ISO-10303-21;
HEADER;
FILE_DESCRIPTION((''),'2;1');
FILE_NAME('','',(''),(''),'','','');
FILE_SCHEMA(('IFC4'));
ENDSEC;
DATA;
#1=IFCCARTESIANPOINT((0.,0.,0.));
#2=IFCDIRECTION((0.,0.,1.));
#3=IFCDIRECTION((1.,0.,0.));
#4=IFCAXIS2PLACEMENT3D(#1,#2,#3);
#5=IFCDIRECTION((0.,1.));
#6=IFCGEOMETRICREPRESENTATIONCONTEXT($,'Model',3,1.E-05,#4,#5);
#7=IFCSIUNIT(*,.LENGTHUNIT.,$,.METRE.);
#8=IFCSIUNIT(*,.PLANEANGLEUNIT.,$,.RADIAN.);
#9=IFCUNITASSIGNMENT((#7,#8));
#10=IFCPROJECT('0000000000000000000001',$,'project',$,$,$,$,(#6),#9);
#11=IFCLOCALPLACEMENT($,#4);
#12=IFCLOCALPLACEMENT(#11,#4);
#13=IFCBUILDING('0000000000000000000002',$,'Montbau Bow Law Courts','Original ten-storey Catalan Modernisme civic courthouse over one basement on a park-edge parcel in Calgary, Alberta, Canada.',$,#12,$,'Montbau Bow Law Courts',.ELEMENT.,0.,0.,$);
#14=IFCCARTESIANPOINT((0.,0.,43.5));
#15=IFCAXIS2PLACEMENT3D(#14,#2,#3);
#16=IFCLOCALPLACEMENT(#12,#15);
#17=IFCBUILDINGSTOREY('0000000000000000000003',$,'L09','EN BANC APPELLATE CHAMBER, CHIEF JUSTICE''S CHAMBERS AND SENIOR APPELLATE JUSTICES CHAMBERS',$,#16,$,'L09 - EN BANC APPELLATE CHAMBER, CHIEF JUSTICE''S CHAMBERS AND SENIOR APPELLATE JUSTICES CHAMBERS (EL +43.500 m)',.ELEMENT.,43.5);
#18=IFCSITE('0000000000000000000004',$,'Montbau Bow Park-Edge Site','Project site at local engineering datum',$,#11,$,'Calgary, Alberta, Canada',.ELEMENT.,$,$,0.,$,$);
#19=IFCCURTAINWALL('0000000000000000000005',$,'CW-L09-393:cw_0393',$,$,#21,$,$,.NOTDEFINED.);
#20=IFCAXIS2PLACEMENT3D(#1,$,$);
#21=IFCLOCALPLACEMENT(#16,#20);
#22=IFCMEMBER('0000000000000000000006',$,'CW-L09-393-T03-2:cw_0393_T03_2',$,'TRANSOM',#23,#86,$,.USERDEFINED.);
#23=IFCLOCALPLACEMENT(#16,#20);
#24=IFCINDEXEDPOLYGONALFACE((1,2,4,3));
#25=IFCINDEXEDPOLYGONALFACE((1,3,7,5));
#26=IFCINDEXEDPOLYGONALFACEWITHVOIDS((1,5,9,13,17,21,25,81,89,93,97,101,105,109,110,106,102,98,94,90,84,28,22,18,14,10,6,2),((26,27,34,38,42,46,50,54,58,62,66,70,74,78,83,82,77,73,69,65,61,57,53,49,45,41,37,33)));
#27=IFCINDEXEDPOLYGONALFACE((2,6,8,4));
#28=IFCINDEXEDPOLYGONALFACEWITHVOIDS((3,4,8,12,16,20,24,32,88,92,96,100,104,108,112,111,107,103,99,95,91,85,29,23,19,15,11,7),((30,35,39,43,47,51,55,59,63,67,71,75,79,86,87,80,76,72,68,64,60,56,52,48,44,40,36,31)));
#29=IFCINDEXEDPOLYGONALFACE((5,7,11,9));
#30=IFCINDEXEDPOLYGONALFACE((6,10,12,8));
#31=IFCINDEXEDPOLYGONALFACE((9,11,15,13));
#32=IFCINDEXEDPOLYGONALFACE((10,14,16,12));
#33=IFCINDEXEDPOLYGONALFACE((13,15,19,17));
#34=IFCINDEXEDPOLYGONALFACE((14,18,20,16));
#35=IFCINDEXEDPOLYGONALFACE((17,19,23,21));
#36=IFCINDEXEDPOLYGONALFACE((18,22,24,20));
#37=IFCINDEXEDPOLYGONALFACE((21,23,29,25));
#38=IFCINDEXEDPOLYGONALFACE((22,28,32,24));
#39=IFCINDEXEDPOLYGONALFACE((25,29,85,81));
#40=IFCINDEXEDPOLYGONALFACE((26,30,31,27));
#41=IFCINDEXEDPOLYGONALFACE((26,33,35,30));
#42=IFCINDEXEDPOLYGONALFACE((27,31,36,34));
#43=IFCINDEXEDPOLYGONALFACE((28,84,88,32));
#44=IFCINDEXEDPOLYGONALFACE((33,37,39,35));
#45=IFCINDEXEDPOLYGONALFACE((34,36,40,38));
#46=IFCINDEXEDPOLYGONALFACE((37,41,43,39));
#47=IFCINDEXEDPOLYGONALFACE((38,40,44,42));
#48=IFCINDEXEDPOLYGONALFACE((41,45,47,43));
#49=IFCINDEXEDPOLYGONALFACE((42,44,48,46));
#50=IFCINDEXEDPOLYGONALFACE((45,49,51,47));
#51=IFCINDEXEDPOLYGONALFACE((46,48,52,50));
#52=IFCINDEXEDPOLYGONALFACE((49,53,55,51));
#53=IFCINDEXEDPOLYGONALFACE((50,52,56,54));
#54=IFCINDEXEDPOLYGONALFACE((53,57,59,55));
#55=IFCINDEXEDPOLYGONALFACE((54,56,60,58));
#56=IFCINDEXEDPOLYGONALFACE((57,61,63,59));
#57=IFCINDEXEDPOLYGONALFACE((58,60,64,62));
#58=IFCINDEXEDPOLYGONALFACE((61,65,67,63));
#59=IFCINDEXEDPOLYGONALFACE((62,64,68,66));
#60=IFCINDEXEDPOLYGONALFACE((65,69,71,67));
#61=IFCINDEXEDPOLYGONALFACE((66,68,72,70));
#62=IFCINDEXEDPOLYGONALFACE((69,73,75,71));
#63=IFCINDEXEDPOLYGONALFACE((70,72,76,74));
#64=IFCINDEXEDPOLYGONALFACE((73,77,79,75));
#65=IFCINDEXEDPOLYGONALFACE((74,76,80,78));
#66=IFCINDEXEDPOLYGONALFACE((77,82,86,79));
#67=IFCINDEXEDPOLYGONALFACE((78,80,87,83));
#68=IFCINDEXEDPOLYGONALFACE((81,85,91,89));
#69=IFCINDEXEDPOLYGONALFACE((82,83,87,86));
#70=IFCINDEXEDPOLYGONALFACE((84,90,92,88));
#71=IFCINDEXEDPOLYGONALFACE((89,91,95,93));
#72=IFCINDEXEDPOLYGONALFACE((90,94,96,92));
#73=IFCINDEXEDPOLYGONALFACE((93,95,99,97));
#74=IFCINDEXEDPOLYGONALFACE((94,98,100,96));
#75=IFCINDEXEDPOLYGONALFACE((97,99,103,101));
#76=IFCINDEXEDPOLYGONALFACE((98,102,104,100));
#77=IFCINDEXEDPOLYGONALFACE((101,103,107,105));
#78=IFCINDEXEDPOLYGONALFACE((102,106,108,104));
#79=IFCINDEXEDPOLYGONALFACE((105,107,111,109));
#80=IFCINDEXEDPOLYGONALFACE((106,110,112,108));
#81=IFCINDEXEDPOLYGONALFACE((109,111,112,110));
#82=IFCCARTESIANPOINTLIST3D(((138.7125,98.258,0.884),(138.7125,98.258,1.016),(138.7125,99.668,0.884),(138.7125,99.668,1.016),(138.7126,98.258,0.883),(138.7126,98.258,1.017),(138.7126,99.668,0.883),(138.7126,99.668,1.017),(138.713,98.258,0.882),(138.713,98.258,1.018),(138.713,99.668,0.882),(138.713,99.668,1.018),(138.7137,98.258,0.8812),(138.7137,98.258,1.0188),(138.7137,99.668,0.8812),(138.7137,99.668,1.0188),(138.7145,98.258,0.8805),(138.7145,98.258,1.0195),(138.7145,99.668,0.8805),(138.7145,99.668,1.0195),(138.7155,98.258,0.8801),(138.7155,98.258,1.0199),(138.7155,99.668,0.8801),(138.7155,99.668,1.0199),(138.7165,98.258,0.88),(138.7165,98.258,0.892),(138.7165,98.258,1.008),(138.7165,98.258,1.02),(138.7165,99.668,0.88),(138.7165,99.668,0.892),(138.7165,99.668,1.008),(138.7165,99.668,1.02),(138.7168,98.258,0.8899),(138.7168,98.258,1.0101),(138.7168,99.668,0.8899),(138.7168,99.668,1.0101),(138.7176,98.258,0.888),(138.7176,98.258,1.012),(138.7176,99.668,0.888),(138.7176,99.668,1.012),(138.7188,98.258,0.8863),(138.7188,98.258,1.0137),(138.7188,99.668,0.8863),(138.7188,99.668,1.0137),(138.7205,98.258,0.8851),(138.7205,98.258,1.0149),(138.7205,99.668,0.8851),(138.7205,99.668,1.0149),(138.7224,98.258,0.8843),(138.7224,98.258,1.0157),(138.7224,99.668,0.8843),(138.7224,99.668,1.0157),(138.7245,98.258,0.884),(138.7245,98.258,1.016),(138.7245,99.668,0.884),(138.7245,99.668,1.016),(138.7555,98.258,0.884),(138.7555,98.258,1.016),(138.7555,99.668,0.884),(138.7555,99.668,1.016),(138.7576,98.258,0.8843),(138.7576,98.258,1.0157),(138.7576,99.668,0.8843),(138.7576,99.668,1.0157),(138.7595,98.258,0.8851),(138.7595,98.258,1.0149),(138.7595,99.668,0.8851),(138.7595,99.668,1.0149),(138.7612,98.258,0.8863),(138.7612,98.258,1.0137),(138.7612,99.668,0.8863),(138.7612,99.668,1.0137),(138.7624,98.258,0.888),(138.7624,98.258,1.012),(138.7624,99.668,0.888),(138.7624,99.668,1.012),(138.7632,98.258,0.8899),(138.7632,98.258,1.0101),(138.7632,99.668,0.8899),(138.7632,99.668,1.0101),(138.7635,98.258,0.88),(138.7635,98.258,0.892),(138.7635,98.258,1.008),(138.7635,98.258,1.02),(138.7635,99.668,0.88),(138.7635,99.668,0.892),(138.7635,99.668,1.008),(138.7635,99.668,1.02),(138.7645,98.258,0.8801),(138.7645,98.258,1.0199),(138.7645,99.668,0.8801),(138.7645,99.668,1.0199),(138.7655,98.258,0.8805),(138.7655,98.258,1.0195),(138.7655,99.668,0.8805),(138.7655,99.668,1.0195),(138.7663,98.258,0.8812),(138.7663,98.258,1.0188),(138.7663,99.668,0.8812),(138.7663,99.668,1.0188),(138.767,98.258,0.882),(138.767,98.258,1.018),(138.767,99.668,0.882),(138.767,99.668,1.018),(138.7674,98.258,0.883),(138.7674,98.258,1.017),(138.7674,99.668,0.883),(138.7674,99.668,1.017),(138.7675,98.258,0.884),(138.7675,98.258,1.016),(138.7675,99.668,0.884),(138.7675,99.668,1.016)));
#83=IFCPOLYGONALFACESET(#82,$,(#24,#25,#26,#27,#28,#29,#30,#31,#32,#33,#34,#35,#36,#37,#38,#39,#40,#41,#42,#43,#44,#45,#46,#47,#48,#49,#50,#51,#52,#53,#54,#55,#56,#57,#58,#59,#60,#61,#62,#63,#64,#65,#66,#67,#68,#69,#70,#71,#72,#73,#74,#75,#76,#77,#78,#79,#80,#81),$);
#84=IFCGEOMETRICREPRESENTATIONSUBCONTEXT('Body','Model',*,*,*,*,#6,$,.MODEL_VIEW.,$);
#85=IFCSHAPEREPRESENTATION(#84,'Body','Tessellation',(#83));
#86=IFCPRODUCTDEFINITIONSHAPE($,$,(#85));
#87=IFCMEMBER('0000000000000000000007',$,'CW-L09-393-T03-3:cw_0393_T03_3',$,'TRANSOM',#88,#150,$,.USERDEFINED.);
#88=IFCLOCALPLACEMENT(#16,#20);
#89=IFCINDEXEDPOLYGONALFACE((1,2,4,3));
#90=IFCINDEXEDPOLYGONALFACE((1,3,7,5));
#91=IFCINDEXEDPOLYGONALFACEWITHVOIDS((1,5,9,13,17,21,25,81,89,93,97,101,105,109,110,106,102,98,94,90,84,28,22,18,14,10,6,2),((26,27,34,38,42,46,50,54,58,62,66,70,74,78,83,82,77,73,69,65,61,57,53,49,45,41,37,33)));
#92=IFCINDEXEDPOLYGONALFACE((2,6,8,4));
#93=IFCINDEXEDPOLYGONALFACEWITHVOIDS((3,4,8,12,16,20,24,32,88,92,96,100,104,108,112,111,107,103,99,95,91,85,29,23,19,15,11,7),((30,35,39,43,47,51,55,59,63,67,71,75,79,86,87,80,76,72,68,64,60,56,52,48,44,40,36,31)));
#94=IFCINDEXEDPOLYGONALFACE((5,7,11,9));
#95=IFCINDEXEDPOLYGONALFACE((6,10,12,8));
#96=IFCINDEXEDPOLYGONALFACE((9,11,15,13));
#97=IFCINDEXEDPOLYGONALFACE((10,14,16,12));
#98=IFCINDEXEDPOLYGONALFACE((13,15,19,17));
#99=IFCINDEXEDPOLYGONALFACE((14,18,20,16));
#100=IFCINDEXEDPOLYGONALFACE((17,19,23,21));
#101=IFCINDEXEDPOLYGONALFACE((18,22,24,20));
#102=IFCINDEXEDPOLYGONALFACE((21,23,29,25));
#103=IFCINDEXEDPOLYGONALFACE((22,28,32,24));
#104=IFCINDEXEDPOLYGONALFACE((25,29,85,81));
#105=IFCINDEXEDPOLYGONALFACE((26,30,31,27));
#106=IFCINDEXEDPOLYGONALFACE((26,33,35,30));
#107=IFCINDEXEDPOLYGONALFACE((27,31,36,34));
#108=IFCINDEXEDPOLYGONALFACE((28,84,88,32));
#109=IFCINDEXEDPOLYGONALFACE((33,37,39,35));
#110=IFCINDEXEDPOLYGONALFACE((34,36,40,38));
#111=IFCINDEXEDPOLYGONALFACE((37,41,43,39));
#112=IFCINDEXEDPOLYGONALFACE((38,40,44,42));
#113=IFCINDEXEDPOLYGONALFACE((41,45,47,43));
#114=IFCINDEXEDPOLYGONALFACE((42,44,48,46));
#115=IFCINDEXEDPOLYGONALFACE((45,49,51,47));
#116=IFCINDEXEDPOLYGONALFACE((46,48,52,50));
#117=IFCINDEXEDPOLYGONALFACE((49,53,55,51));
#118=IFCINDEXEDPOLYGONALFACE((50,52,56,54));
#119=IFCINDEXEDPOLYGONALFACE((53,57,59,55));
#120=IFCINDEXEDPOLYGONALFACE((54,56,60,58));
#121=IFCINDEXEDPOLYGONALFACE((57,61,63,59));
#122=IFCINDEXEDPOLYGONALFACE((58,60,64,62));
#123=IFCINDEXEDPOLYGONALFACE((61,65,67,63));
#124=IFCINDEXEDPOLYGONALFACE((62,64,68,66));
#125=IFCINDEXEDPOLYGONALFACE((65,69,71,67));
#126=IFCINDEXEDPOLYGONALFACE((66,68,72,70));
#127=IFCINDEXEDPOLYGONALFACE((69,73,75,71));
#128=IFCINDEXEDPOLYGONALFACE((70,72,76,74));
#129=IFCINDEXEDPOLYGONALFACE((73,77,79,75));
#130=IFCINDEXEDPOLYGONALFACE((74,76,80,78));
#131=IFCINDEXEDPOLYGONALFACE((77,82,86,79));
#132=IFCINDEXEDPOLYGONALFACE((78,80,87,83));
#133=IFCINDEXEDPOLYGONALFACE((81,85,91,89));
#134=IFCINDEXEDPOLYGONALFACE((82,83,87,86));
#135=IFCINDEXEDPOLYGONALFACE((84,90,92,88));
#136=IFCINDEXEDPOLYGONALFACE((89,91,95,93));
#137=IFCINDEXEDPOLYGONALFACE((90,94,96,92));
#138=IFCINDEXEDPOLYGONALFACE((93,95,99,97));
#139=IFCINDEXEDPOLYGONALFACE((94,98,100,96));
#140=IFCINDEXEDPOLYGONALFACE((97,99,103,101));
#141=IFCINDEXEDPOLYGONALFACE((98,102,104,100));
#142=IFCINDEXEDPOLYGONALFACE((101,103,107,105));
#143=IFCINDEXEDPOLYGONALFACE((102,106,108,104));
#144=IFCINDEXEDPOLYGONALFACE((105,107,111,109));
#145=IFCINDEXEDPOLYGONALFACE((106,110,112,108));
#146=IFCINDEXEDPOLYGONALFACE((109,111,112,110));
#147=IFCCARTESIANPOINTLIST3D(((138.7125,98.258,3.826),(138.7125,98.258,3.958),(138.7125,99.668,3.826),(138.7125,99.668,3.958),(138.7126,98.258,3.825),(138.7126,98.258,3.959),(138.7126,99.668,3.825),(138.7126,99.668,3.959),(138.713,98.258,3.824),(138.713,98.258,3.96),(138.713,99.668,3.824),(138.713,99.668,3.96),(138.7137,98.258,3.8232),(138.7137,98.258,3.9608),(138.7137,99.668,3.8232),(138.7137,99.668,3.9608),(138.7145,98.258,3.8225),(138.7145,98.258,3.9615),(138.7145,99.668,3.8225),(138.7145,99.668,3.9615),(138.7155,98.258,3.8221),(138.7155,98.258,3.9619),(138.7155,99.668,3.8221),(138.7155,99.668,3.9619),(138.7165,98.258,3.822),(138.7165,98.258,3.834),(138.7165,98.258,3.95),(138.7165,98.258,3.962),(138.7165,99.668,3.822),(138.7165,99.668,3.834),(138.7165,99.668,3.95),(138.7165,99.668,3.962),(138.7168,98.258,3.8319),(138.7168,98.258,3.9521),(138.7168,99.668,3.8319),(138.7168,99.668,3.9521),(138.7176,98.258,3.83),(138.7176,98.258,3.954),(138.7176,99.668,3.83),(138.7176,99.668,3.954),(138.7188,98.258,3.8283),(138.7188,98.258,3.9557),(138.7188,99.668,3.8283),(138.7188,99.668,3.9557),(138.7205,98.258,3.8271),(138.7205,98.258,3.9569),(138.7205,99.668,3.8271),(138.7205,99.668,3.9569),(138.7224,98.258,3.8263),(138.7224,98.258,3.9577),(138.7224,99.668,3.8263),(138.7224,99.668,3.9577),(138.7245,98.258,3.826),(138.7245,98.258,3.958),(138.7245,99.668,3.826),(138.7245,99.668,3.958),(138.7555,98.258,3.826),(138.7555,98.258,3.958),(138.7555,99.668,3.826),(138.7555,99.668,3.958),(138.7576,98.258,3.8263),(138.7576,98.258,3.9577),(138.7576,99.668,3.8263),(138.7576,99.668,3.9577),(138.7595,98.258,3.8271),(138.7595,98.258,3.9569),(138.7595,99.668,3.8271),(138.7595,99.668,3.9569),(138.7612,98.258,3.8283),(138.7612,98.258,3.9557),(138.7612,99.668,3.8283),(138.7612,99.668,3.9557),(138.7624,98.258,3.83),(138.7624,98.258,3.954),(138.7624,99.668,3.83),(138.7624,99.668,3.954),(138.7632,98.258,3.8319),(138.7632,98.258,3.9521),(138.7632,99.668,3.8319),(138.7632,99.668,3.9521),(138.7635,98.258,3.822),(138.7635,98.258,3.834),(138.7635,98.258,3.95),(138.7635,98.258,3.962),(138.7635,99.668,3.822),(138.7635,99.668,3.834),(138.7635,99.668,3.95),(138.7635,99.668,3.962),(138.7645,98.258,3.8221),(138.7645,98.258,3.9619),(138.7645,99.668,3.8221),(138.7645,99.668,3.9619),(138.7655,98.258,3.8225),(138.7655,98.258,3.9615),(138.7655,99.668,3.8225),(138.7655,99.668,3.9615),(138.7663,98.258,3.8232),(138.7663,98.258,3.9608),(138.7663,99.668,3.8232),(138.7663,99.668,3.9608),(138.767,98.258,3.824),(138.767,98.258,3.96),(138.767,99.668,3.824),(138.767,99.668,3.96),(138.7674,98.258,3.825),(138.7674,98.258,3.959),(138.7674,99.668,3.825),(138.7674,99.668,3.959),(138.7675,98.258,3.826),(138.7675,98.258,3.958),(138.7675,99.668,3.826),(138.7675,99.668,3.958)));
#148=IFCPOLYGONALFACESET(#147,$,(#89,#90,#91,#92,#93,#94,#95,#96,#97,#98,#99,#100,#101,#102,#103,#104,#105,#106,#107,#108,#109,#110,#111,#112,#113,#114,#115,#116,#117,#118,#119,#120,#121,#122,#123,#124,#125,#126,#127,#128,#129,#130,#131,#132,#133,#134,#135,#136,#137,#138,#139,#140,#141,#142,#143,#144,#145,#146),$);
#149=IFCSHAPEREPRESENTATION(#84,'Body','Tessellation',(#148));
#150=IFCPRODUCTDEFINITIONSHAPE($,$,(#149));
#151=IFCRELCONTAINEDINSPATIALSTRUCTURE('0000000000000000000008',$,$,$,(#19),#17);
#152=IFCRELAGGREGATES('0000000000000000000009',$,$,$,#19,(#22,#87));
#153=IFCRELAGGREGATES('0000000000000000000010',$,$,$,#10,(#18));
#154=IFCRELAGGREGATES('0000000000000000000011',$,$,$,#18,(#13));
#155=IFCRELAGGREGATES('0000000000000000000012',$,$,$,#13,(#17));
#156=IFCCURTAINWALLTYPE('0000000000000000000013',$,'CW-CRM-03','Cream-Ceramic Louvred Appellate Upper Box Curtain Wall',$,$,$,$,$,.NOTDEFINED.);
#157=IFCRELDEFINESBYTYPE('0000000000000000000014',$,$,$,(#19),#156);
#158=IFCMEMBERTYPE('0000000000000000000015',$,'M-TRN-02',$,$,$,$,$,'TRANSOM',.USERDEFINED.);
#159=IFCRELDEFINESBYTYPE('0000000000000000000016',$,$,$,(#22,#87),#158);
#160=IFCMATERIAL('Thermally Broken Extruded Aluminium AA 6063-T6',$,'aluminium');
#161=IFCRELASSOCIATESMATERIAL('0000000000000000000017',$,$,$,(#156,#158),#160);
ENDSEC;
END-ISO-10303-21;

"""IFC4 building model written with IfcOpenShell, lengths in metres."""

from ifc_helpers import new_model, si_unit, direction, frame, origin_with_axes, origin_2d_with_axis, place, context, subcontext, project, spatial, hollow_rectangle, extrude, material, material_profile, profile_set, type_object, element, aggregate, save


model = new_model("IFC4")

# Units and contexts
model_context = context("Model", 3, precision=1e-05, world=origin_with_axes(), true_north=direction((0.0, 1.0)))
body_context = subcontext(model_context, "Body", "Model", "MODEL_VIEW")
ifc_project = project(units=[si_unit("LENGTHUNIT", "METRE"), si_unit("PLANEANGLEUNIT", "RADIAN")], contexts=[model_context])

# Site, building, storey
site_placement = place(None, origin_with_axes())
site = spatial("IfcSite", under=ifc_project, at=site_placement, Name="Montbau Bow Park-Edge Site", Description="Project site at local engineering datum", LongName="Calgary, Alberta, Canada", CompositionType="ELEMENT", RefElevation=0.0)
building_placement = place(site_placement, origin_with_axes())
building = spatial("IfcBuilding", under=site, at=building_placement, Name="Montbau Bow Law Courts", Description="Original ten-storey Catalan Modernisme civic courthouse over one basement on a park-edge parcel in Calgary, Alberta, Canada.", LongName="Montbau Bow Law Courts", CompositionType="ELEMENT", ElevationOfRefHeight=0.0, ElevationOfTerrain=0.0)
storey_placement = place(building_placement, frame((0.0, 0.0, 43.5), z_axis=(0.0, 0.0, 1.0), x_axis=(1.0, 0.0, 0.0)))
storey = spatial("IfcBuildingStorey", under=building, at=storey_placement, Name="L09", Description="EN BANC APPELLATE CHAMBER, CHIEF JUSTICE'S CHAMBERS AND SENIOR APPELLATE JUSTICES CHAMBERS", LongName="L09 - EN BANC APPELLATE CHAMBER, CHIEF JUSTICE'S CHAMBERS AND SENIOR APPELLATE JUSTICES CHAMBERS (EL +43.500 m)", CompositionType="ELEMENT", Elevation=43.5)

# Curtain wall, members
ifc_material_1 = material(Name="Thermally Broken Extruded Aluminium AA 6063-T6", Category="aluminium")
curtain_wall_type = type_object("IfcCurtainWallType", Name="CW-CRM-03", Description="Cream-Ceramic Louvred Appellate Upper Box Curtain Wall", PredefinedType="NOTDEFINED", material=ifc_material_1)
curtain_wall_placement = place(None, frame((138.74, 95.24, 43.5), z_axis=(0.0, 0.0, 1.0), x_axis=(1.0, 0.0, 0.0)))
curtain_wall = element("IfcCurtainWall", 1, at=curtain_wall_placement, inside=storey, type_object=curtain_wall_type, Name="CW-L09-393:cw_0393", PredefinedType="NOTDEFINED")
ifc_material_profile_1 = material_profile(ifc_material_1, hollow_rectangle(XDim=0.055, YDim=0.14, WallThickness=0.004, InnerFilletRadius=0.008, OuterFilletRadius=0.004, at=origin_2d_with_axis()), Name="CWT-140X55", Category="Main", Priority=0)
ifc_profile_set_1 = profile_set([ifc_material_profile_1], Name="Thermally Broken Extruded Aluminium AA 6063-T6")
member_type_1 = type_object("IfcMemberType", Name="M-TRN-02", ElementType="TRANSOM", PredefinedType="USERDEFINED", material=ifc_profile_set_1)
member_1_placement = place(None, frame((138.74, 98.258, 44.45), z_axis=(0.0, 1.0, 0.0), x_axis=(-1.0, 0.0, 0.0)))
member_1 = element("IfcMember", 2, at=member_1_placement, type_object=member_type_1, Name="CW-L09-393-T03-2:cw_0393_T03_2", ObjectType="TRANSOM", PredefinedType="USERDEFINED", context=body_context, shape_type="SweptSolid", body=[
    extrude(hollow_rectangle(XDim=0.055, YDim=0.14, WallThickness=0.004, InnerFilletRadius=0.008, OuterFilletRadius=0.004, at=origin_2d_with_axis()), origin_with_axes(), (0.0, 0.0, 1.0), 1.41),
])
member_2_placement = place(None, frame((138.74, 98.258, 47.392), z_axis=(0.0, 1.0, 0.0), x_axis=(-1.0, 0.0, 0.0)))
member_2 = element("IfcMember", 3, at=member_2_placement, type_object=member_type_1, Name="CW-L09-393-T03-3:cw_0393_T03_3", ObjectType="TRANSOM", PredefinedType="USERDEFINED", context=body_context, shape_type="SweptSolid", body=[
    extrude(hollow_rectangle(XDim=0.055, YDim=0.14, WallThickness=0.004, InnerFilletRadius=0.008, OuterFilletRadius=0.004, at=origin_2d_with_axis()), origin_with_axes(), (0.0, 0.0, 1.0), 1.41),
])
aggregate(curtain_wall, [member_1, member_2])

save(model, "model.ifc")
